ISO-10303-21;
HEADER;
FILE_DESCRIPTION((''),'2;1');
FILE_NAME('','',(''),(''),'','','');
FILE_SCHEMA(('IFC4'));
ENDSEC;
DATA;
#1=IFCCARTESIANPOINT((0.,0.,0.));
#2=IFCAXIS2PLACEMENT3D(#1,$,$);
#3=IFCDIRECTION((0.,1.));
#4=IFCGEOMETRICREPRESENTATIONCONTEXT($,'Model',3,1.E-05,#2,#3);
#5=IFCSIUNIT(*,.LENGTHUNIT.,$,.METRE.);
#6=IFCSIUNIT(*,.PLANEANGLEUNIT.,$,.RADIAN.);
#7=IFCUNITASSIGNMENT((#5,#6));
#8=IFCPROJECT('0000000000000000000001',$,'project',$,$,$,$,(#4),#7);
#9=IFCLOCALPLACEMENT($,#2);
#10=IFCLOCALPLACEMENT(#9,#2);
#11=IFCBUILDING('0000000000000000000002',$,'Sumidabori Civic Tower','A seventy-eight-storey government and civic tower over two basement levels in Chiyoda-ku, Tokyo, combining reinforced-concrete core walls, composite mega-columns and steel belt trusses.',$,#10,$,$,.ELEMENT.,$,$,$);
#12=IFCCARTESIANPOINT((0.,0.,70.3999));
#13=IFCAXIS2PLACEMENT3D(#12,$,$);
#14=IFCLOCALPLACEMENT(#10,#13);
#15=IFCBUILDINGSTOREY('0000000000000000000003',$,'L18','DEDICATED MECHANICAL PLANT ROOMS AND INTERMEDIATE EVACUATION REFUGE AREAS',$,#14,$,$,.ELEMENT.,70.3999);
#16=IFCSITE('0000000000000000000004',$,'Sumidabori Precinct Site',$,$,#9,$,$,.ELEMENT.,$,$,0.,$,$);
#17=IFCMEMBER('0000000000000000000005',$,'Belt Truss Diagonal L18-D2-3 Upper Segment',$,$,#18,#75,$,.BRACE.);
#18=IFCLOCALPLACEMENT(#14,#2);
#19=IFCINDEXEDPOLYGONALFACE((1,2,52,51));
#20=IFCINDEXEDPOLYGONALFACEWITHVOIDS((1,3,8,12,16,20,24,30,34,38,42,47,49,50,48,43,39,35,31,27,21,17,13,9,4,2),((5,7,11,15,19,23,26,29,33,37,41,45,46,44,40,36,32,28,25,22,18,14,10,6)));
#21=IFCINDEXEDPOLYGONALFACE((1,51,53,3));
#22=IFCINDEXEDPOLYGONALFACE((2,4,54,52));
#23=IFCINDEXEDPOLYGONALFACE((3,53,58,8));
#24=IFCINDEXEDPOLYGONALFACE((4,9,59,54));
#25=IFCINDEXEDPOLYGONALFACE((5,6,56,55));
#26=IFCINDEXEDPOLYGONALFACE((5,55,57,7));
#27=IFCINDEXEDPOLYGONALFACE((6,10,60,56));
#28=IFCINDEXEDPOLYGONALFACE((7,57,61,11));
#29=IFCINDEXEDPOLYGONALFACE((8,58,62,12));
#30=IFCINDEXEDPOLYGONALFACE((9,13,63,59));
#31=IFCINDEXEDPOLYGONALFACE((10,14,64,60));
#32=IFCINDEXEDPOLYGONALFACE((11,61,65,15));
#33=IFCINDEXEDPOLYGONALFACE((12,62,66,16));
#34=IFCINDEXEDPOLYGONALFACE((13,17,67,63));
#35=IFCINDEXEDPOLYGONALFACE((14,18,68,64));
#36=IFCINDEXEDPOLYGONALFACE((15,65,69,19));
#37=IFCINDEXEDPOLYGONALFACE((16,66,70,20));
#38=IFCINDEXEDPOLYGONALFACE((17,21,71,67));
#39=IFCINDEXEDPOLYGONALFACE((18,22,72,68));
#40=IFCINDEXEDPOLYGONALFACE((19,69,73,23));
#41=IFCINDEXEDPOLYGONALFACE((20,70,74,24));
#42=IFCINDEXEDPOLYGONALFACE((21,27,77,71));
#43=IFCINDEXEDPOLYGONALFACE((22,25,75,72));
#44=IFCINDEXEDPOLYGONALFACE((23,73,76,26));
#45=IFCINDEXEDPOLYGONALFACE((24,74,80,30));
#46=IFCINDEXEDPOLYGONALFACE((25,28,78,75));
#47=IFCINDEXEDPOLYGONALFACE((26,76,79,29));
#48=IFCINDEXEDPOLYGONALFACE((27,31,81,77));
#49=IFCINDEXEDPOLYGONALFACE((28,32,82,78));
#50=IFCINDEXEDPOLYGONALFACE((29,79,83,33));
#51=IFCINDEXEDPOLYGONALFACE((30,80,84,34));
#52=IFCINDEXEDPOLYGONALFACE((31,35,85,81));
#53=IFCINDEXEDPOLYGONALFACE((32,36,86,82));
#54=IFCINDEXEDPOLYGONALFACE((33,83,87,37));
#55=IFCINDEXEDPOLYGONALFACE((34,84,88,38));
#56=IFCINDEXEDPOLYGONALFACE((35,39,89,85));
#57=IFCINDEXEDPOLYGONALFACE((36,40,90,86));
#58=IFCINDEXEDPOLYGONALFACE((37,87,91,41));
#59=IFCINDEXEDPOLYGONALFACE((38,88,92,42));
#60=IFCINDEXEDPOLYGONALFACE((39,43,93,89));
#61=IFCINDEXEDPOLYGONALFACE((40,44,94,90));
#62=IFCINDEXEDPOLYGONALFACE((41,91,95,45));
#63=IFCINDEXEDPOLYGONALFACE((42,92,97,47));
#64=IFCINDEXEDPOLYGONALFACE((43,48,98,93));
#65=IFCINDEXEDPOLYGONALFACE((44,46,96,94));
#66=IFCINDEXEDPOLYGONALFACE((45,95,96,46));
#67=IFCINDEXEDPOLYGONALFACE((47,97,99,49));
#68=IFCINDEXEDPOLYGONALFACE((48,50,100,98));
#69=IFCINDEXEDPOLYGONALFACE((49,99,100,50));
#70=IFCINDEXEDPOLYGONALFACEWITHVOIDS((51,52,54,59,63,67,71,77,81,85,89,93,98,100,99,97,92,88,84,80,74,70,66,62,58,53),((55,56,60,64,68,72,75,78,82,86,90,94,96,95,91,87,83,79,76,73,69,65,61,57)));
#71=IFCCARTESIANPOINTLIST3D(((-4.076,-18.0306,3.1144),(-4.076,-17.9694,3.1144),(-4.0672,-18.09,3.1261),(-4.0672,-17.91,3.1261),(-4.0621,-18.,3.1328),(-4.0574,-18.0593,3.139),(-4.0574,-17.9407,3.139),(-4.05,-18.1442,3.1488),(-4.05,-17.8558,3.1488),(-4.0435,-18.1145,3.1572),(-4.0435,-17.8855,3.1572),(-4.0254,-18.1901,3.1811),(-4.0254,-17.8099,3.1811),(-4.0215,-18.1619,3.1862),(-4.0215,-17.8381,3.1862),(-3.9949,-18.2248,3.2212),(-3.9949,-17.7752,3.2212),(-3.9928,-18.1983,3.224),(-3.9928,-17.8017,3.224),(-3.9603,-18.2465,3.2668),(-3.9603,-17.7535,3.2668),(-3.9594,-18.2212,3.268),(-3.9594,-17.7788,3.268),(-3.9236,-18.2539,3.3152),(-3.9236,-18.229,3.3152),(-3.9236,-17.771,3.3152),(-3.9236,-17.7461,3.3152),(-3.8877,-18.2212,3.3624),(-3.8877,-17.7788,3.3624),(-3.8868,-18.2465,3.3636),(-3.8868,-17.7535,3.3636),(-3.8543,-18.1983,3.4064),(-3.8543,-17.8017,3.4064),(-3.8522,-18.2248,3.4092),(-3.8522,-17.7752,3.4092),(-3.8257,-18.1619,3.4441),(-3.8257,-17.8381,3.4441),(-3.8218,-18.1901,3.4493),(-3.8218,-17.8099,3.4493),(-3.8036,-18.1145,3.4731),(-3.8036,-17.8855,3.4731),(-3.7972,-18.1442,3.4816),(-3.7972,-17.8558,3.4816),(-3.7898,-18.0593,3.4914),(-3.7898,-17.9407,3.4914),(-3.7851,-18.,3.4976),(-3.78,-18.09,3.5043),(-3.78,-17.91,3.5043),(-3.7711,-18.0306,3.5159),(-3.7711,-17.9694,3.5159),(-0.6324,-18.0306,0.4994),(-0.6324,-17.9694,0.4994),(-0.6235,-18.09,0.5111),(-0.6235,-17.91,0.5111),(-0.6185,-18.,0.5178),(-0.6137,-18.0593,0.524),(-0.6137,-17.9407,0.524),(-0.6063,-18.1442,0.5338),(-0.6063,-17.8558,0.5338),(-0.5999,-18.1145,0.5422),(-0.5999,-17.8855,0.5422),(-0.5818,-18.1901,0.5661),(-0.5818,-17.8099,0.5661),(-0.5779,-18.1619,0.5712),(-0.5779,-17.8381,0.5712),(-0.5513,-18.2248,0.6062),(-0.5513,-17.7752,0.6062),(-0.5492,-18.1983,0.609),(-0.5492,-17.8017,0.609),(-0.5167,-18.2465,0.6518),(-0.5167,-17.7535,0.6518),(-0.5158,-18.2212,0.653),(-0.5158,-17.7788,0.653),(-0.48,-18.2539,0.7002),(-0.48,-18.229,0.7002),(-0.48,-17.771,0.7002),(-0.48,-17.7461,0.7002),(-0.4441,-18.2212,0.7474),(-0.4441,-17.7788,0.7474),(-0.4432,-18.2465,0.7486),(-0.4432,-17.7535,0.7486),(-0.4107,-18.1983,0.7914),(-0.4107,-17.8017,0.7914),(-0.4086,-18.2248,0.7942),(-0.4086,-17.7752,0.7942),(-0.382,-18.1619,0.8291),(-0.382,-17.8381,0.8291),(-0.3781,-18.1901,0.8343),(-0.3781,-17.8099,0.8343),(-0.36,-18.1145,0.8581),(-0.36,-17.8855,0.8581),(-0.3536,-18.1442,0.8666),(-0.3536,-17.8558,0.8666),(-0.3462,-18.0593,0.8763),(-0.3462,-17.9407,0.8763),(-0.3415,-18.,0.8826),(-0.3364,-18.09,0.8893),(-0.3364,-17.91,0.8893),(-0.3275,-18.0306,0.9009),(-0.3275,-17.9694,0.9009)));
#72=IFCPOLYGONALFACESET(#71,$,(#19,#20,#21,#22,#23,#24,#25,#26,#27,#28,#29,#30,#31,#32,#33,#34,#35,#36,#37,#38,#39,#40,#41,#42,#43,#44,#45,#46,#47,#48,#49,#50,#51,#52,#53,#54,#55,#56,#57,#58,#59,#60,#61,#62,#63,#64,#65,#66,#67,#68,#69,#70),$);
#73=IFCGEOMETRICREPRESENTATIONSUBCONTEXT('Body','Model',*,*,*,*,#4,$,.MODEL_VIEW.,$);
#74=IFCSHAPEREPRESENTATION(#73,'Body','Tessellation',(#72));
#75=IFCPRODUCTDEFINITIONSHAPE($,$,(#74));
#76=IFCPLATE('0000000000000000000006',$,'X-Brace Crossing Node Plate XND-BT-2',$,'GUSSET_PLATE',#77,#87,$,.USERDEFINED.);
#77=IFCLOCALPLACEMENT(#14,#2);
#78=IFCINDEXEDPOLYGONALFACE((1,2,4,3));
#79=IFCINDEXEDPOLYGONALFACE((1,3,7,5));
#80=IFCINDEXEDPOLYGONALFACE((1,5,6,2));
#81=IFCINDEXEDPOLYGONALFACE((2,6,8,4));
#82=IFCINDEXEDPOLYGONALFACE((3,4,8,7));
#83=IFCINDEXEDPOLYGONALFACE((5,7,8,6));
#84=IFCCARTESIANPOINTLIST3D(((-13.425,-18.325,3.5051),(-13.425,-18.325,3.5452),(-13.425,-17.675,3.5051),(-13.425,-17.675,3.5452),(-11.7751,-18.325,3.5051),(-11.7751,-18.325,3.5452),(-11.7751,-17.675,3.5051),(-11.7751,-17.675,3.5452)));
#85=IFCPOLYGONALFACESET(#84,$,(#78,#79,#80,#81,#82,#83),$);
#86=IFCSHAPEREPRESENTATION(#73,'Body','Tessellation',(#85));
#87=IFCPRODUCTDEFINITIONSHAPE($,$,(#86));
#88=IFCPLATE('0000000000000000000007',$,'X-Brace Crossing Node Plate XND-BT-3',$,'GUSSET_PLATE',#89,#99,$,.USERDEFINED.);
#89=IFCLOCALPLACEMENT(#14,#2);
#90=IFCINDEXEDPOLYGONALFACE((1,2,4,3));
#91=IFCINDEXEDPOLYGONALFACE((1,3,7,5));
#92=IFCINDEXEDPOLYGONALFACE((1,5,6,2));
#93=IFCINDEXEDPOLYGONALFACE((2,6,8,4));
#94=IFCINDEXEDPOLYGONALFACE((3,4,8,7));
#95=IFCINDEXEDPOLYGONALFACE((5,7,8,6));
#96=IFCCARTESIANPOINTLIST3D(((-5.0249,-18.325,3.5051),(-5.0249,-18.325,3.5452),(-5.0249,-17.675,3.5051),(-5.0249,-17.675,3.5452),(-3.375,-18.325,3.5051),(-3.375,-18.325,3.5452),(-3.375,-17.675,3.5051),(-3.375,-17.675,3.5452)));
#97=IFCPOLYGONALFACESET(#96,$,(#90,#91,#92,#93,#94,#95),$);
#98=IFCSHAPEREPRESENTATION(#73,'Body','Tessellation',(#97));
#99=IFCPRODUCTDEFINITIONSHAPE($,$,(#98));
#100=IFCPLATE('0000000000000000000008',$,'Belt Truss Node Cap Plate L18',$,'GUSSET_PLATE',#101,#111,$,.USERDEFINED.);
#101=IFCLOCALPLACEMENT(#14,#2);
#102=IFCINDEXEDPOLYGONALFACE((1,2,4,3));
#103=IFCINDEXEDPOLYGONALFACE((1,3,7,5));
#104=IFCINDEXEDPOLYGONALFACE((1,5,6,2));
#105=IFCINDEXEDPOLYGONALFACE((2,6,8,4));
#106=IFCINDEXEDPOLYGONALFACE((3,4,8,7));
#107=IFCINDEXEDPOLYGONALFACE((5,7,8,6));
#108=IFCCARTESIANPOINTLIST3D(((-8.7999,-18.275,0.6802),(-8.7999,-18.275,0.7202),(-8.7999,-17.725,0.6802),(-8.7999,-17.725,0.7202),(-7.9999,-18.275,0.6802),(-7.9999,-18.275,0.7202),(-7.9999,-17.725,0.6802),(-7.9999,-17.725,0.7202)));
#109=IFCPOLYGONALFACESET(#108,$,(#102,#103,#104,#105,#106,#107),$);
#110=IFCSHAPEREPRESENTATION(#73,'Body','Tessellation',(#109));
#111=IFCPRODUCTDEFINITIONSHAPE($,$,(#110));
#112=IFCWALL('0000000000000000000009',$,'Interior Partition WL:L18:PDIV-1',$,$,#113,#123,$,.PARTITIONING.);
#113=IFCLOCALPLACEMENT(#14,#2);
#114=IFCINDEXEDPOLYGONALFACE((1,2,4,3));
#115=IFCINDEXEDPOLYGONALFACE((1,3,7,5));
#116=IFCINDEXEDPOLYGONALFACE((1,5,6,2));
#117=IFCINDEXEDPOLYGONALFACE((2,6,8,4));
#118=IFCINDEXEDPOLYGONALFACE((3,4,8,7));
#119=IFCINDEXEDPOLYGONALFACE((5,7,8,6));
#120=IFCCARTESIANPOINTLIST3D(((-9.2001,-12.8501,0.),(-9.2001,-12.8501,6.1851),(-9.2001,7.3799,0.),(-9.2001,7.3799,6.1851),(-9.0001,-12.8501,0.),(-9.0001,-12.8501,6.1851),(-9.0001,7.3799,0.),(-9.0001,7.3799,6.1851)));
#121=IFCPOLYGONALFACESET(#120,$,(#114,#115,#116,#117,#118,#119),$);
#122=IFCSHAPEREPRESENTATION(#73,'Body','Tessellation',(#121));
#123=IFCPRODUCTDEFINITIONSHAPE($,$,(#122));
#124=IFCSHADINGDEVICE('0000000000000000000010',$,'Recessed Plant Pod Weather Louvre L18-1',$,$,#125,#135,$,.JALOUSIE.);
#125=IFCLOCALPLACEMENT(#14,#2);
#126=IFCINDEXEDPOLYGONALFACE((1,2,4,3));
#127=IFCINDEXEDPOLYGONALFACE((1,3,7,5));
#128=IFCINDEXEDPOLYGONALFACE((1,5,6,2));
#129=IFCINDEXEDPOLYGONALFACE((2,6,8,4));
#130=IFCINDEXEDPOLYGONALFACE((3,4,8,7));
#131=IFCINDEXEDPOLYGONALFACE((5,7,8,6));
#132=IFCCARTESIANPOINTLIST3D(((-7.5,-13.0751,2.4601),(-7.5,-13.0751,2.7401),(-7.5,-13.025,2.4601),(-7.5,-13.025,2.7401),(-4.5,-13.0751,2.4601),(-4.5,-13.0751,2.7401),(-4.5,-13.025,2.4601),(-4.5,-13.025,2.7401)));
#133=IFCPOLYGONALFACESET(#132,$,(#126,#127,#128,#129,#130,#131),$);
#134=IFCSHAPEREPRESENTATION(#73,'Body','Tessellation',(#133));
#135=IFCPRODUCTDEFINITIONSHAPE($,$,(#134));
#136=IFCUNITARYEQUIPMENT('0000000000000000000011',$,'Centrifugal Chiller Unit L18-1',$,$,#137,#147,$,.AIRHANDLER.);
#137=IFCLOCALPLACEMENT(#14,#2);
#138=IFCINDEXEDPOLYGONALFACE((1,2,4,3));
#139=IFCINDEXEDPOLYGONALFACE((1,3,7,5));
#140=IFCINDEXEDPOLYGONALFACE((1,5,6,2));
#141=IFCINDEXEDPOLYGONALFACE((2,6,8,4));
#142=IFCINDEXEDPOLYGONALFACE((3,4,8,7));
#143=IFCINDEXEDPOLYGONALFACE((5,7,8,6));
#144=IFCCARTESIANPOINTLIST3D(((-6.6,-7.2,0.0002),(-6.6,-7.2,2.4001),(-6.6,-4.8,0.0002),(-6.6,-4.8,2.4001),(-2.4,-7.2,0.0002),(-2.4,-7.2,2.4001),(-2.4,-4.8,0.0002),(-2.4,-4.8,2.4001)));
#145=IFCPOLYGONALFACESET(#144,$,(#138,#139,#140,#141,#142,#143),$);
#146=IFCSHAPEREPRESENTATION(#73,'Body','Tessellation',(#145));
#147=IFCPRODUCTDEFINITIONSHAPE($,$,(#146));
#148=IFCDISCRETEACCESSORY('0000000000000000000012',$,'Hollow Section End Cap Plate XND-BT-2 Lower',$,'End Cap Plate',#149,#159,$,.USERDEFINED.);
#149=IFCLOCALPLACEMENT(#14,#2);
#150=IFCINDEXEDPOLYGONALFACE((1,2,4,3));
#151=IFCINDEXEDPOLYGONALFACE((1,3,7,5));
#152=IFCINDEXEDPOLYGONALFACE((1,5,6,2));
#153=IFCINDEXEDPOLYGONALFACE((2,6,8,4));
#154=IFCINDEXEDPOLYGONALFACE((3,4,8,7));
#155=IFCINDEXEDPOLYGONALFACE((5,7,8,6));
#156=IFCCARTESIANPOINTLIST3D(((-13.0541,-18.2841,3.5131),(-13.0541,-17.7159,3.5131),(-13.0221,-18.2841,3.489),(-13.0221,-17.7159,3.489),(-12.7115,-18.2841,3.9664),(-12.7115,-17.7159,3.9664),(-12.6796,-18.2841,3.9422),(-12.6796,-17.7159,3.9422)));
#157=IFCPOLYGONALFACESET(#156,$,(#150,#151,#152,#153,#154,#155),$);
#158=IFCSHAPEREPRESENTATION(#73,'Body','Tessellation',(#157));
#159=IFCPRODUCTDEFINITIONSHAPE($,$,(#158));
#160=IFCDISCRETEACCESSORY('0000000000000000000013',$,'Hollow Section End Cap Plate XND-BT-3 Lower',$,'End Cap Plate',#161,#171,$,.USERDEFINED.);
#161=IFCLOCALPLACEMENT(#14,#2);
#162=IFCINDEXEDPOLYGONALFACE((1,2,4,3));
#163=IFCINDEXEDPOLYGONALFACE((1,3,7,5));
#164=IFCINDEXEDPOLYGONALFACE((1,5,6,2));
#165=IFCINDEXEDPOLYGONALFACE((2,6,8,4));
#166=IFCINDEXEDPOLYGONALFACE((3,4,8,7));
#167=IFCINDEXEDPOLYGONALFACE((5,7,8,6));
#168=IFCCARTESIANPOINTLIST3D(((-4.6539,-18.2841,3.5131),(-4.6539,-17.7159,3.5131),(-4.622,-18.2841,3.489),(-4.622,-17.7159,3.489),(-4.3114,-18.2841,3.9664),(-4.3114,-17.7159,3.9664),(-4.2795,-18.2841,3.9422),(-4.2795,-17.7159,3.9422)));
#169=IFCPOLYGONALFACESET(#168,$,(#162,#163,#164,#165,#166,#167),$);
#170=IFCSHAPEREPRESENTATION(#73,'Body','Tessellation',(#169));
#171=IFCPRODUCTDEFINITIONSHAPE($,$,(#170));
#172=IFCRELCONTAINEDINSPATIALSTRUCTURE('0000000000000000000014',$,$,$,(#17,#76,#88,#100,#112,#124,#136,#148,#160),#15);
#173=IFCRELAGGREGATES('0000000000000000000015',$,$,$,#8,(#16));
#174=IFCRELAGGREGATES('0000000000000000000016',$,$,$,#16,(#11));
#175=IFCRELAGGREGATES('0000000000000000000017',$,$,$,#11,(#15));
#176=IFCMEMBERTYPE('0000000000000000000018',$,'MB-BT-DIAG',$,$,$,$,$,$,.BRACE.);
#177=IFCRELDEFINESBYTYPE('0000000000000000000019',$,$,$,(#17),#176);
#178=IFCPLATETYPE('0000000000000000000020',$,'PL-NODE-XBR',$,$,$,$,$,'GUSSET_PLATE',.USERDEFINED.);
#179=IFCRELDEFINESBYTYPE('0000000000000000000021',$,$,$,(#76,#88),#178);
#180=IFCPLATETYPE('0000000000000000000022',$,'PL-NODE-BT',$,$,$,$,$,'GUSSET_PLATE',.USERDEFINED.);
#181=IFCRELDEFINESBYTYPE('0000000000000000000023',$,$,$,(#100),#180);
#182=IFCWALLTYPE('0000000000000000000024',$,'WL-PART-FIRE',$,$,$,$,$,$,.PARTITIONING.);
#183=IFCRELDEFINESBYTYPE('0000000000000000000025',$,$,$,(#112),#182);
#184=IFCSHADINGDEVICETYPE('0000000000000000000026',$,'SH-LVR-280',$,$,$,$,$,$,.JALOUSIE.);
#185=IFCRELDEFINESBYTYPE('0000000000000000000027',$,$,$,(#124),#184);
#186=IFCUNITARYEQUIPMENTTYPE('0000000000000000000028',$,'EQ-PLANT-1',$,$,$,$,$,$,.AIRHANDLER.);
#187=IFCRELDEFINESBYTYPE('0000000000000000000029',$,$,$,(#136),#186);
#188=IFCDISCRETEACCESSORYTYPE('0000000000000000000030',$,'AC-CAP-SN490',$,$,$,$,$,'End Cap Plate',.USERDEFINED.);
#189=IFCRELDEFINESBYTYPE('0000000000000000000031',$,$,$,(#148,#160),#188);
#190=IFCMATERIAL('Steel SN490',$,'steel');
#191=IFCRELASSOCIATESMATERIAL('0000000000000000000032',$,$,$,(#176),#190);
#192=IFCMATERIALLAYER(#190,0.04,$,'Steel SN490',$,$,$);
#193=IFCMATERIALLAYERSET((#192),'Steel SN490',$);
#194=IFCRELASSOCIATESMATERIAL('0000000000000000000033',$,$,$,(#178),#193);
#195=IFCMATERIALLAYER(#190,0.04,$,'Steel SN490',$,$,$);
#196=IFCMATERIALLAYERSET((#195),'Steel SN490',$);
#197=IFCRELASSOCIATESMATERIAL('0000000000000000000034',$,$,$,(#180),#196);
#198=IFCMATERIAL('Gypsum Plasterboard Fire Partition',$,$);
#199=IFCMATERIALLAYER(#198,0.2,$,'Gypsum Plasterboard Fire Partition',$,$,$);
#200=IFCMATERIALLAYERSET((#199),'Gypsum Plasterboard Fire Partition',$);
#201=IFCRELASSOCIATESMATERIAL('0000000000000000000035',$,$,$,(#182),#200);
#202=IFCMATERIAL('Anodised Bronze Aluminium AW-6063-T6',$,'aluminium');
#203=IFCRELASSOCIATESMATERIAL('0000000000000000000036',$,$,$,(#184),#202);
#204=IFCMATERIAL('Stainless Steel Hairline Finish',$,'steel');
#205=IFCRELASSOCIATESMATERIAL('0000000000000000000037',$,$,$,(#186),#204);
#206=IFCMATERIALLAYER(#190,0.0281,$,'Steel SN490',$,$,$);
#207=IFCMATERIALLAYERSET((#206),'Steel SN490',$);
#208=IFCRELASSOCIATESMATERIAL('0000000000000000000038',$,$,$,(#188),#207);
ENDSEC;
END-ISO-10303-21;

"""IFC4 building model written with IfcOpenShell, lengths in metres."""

from ifc_helpers import new_model, si_unit, direction, frame, frame_2d, origin, origin_2d, place, context, subcontext, project, spatial, rectangle, hollow_circle, extrude, source, transform, mapped, material, layer, layer_set, material_profile, profile_set, type_object, element, save


model = new_model("IFC4")

# Units and contexts
model_context = context("Model", 3, precision=1e-05, world=origin(), true_north=direction((0.0, 1.0)))
body_context = subcontext(model_context, "Body", "Model", "MODEL_VIEW")
ifc_project = project(units=[si_unit("LENGTHUNIT", "METRE"), si_unit("PLANEANGLEUNIT", "RADIAN")], contexts=[model_context])

# Site, building, storey
site_placement = place(None, origin())
site = spatial("IfcSite", under=ifc_project, at=site_placement, Name="Sumidabori Precinct Site", CompositionType="ELEMENT", RefElevation=0.0)
building_placement = place(site_placement, origin())
building = spatial("IfcBuilding", under=site, at=building_placement, Name="Sumidabori Civic Tower", Description="A seventy-eight-storey government and civic tower over two basement levels in Chiyoda-ku, Tokyo, combining reinforced-concrete core walls, composite mega-columns and steel belt trusses.", CompositionType="ELEMENT")
storey_placement = place(building_placement, frame((0.0, 0.0, 70.3999)))
storey = spatial("IfcBuildingStorey", under=building, at=storey_placement, Name="L18", Description="DEDICATED MECHANICAL PLANT ROOMS AND INTERMEDIATE EVACUATION REFUGE AREAS", CompositionType="ELEMENT", Elevation=70.3999)

# Shared definitions
ifc_material_1 = material(Name="Steel SN490", Category="steel")

# Shared definitions
ifc_material_profile_1 = material_profile(ifc_material_1, hollow_circle(Radius=0.2539, WallThickness=0.0249, at=origin_2d()), Name="CHS 508x25")
ifc_profile_set_1 = profile_set([ifc_material_profile_1], Name="Steel SN490")
member_type = type_object("IfcMemberType", Name="MB-BT-DIAG", PredefinedType="BRACE", material=ifc_profile_set_1)

# Member
shared_shape_1 = source(origin(), body_context, "Body", "SweptSolid", [
    extrude(hollow_circle(Radius=0.2539, WallThickness=0.0249, at=origin_2d()), origin(), (0.0, 0.0, 1.0), 4.324),
])
member_1_placement = place(storey_placement, frame((-3.9236, -18.0, 3.3152), z_axis=(0.796401, 0.0, -0.604768), x_axis=(0.0, 1.0, 0.0)))
element("IfcMember", 1, at=member_1_placement, inside=storey, type_object=member_type, Name="Belt Truss Diagonal L18-D2-3 Upper Segment", PredefinedType="BRACE", context=body_context, shape_type="MappedRepresentation", body=[
    mapped(shared_shape_1, transform((0.0, 0.0, 0.0), x_axis=(1.0, 0.0, 0.0), y_axis=(0.0, 1.0, 0.0), z_axis=(0.0, 0.0, 1.0), scale=1.0)),
])

# Plates
ifc_layer_1 = layer(ifc_material_1, 0.04, Name="Steel SN490")
ifc_layer_set_1 = layer_set([ifc_layer_1], Name="Steel SN490")
plate_type_1 = type_object("IfcPlateType", Name="PL-NODE-XBR", ElementType="GUSSET_PLATE", PredefinedType="USERDEFINED", material=ifc_layer_set_1)
shared_shape_2 = source(origin(), body_context, "Body", "SweptSolid", [
    extrude(rectangle(XDim=1.6499, YDim=0.6499, at=origin_2d()), origin(), (0.0, 0.0, 1.0), 0.04),
])
for number, where, z_axis, x_axis, name in (
    (2, (-12.6001, -18.0, 3.5051), (0.0, 0.0, 1.0), (1.0, 0.0, 0.0), "X-Brace Crossing Node Plate XND-BT-2"),
    (3, (-4.2, -18.0, 3.5051), (0.0, 0.0, 1.0), (1.0, 0.0, 0.0), "X-Brace Crossing Node Plate XND-BT-3"),
):
    element("IfcPlate", number, at=place(storey_placement, frame(where, z_axis=z_axis, x_axis=x_axis)), inside=storey, type_object=plate_type_1, Name=name, ObjectType="GUSSET_PLATE", PredefinedType="USERDEFINED", context=body_context, shape_type="MappedRepresentation", body=[
        mapped(shared_shape_2, transform((0.0, 0.0, 0.0), x_axis=(1.0, 0.0, 0.0), y_axis=(0.0, 1.0, 0.0), z_axis=(0.0, 0.0, 1.0), scale=1.0)),
    ])
ifc_layer_2 = layer(ifc_material_1, 0.04, Name="Steel SN490")
ifc_layer_set_2 = layer_set([ifc_layer_2], Name="Steel SN490")
plate_type_2 = type_object("IfcPlateType", Name="PL-NODE-BT", ElementType="GUSSET_PLATE", PredefinedType="USERDEFINED", material=ifc_layer_set_2)
shared_shape_3 = source(origin(), body_context, "Body", "SweptSolid", [
    extrude(rectangle(XDim=0.8, YDim=0.55, at=origin_2d()), origin(), (0.0, 0.0, 1.0), 0.04),
])
plate_placement = place(storey_placement, frame((-8.3999, -18.0, 0.6802), z_axis=(0.0, 0.0, 1.0), x_axis=(1.0, 0.0, 0.0)))
element("IfcPlate", 4, at=plate_placement, inside=storey, type_object=plate_type_2, Name="Belt Truss Node Cap Plate L18", ObjectType="GUSSET_PLATE", PredefinedType="USERDEFINED", context=body_context, shape_type="MappedRepresentation", body=[
    mapped(shared_shape_3, transform((0.0, 0.0, 0.0), x_axis=(1.0, 0.0, 0.0), y_axis=(0.0, 1.0, 0.0), z_axis=(0.0, 0.0, 1.0), scale=1.0)),
])

# Wall
ifc_material_2 = material(Name="Gypsum Plasterboard Fire Partition")
ifc_layer_3 = layer(ifc_material_2, 0.2, Name="Gypsum Plasterboard Fire Partition")
ifc_layer_set_3 = layer_set([ifc_layer_3], Name="Gypsum Plasterboard Fire Partition")
wall_type = type_object("IfcWallType", Name="WL-PART-FIRE", PredefinedType="PARTITIONING", material=ifc_layer_set_3)
shared_shape_4 = source(origin(), body_context, "Body", "SweptSolid", [
    extrude(rectangle(XDim=20.23, YDim=0.2, at=frame_2d((10.115, 0.0))), origin(), (0.0, 0.0, 1.0), 6.1851),
])
wall_placement = place(storey_placement, frame((-9.1001, -12.8501, 0.0), z_axis=(0.0, 0.0, 1.0), x_axis=(0.0, 1.0, 0.0)))
element("IfcWall", 5, at=wall_placement, inside=storey, type_object=wall_type, Name="Interior Partition WL:L18:PDIV-1", PredefinedType="PARTITIONING", context=body_context, shape_type="MappedRepresentation", body=[
    mapped(shared_shape_4, transform((0.0, 0.0, 0.0), x_axis=(1.0, 0.0, 0.0), y_axis=(0.0, 1.0, 0.0), z_axis=(0.0, 0.0, 1.0), scale=1.0)),
])

# Shading device
ifc_material_3 = material(Name="Anodised Bronze Aluminium AW-6063-T6", Category="aluminium")
ifc_material_profile_2 = material_profile(ifc_material_3, rectangle(XDim=0.05, YDim=0.28, at=origin_2d()), Name="BRONZE LOUVRE 280x50")
ifc_profile_set_2 = profile_set([ifc_material_profile_2], Name="Anodised Bronze Aluminium AW-6063-T6")
shading_device_type = type_object("IfcShadingDeviceType", Name="SH-LVR-280", PredefinedType="JALOUSIE", material=ifc_profile_set_2)
shared_shape_5 = source(origin(), body_context, "Body", "SweptSolid", [
    extrude(rectangle(XDim=0.05, YDim=0.28, at=origin_2d()), origin(), (0.0, 0.0, 1.0), 3.0),
])
shading_device_placement = place(storey_placement, frame((-7.5, -13.05, 2.6001), z_axis=(1.0, 0.0, 0.0), x_axis=(0.0, 1.0, 0.0)))
element("IfcShadingDevice", 6, at=shading_device_placement, inside=storey, type_object=shading_device_type, Name="Recessed Plant Pod Weather Louvre L18-1", PredefinedType="JALOUSIE", context=body_context, shape_type="MappedRepresentation", body=[
    mapped(shared_shape_5, transform((0.0, 0.0, 0.0), x_axis=(1.0, 0.0, 0.0), y_axis=(0.0, 1.0, 0.0), z_axis=(0.0, 0.0, 1.0), scale=1.0)),
])

# Unitary equipment
ifc_material_4 = material(Name="Stainless Steel Hairline Finish", Category="steel")
unitary_equipment_type = type_object("IfcUnitaryEquipmentType", Name="EQ-PLANT-1", PredefinedType="AIRHANDLER", material=ifc_material_4)
shared_shape_6 = source(origin(), body_context, "Body", "SweptSolid", [
    extrude(rectangle(XDim=4.2, YDim=2.3999, at=origin_2d()), origin(), (0.0, 0.0, 1.0), 2.3999),
])
unitary_equipment_placement = place(storey_placement, frame((-4.5, -6.0, 0.0002), z_axis=(0.0, 0.0, 1.0), x_axis=(1.0, 0.0, 0.0)))
element("IfcUnitaryEquipment", 7, at=unitary_equipment_placement, inside=storey, type_object=unitary_equipment_type, Name="Centrifugal Chiller Unit L18-1", PredefinedType="AIRHANDLER", context=body_context, shape_type="MappedRepresentation", body=[
    mapped(shared_shape_6, transform((0.0, 0.0, 0.0), x_axis=(1.0, 0.0, 0.0), y_axis=(0.0, 1.0, 0.0), z_axis=(0.0, 0.0, 1.0), scale=1.0)),
])

# Discrete accessories
ifc_layer_4 = layer(ifc_material_1, 0.0281, Name="Steel SN490")
ifc_layer_set_4 = layer_set([ifc_layer_4], Name="Steel SN490")
discrete_accessory_type_1 = type_object("IfcDiscreteAccessoryType", Name="AC-CAP-SN490", ElementType="End Cap Plate", PredefinedType="USERDEFINED", material=ifc_layer_set_4)
shared_shape_7 = source(origin(), body_context, "Body", "SweptSolid", [
    extrude(rectangle(XDim=0.5681, YDim=0.5681, at=origin_2d()), origin(), (0.0, 0.0, 1.0), 0.04),
])
for number, where, z_axis, x_axis, name in (
    (8, (-12.8828, -18.0, 3.7397), (0.797802, 0.0, -0.602919), (0.0, 1.0, 0.0), "Hollow Section End Cap Plate XND-BT-2 Lower"),
    (9, (-4.4827, -18.0, 3.7397), (0.797802, 0.0, -0.602919), (0.0, 1.0, 0.0), "Hollow Section End Cap Plate XND-BT-3 Lower"),
):
    element("IfcDiscreteAccessory", number, at=place(storey_placement, frame(where, z_axis=z_axis, x_axis=x_axis)), inside=storey, type_object=discrete_accessory_type_1, Name=name, ObjectType="End Cap Plate", PredefinedType="USERDEFINED", context=body_context, shape_type="MappedRepresentation", body=[
        mapped(shared_shape_7, transform((0.0, 0.0, 0.0), x_axis=(1.0, 0.0, 0.0), y_axis=(0.0, 1.0, 0.0), z_axis=(0.0, 0.0, 1.0), scale=1.0)),
    ])

save(model, "model.ifc")
